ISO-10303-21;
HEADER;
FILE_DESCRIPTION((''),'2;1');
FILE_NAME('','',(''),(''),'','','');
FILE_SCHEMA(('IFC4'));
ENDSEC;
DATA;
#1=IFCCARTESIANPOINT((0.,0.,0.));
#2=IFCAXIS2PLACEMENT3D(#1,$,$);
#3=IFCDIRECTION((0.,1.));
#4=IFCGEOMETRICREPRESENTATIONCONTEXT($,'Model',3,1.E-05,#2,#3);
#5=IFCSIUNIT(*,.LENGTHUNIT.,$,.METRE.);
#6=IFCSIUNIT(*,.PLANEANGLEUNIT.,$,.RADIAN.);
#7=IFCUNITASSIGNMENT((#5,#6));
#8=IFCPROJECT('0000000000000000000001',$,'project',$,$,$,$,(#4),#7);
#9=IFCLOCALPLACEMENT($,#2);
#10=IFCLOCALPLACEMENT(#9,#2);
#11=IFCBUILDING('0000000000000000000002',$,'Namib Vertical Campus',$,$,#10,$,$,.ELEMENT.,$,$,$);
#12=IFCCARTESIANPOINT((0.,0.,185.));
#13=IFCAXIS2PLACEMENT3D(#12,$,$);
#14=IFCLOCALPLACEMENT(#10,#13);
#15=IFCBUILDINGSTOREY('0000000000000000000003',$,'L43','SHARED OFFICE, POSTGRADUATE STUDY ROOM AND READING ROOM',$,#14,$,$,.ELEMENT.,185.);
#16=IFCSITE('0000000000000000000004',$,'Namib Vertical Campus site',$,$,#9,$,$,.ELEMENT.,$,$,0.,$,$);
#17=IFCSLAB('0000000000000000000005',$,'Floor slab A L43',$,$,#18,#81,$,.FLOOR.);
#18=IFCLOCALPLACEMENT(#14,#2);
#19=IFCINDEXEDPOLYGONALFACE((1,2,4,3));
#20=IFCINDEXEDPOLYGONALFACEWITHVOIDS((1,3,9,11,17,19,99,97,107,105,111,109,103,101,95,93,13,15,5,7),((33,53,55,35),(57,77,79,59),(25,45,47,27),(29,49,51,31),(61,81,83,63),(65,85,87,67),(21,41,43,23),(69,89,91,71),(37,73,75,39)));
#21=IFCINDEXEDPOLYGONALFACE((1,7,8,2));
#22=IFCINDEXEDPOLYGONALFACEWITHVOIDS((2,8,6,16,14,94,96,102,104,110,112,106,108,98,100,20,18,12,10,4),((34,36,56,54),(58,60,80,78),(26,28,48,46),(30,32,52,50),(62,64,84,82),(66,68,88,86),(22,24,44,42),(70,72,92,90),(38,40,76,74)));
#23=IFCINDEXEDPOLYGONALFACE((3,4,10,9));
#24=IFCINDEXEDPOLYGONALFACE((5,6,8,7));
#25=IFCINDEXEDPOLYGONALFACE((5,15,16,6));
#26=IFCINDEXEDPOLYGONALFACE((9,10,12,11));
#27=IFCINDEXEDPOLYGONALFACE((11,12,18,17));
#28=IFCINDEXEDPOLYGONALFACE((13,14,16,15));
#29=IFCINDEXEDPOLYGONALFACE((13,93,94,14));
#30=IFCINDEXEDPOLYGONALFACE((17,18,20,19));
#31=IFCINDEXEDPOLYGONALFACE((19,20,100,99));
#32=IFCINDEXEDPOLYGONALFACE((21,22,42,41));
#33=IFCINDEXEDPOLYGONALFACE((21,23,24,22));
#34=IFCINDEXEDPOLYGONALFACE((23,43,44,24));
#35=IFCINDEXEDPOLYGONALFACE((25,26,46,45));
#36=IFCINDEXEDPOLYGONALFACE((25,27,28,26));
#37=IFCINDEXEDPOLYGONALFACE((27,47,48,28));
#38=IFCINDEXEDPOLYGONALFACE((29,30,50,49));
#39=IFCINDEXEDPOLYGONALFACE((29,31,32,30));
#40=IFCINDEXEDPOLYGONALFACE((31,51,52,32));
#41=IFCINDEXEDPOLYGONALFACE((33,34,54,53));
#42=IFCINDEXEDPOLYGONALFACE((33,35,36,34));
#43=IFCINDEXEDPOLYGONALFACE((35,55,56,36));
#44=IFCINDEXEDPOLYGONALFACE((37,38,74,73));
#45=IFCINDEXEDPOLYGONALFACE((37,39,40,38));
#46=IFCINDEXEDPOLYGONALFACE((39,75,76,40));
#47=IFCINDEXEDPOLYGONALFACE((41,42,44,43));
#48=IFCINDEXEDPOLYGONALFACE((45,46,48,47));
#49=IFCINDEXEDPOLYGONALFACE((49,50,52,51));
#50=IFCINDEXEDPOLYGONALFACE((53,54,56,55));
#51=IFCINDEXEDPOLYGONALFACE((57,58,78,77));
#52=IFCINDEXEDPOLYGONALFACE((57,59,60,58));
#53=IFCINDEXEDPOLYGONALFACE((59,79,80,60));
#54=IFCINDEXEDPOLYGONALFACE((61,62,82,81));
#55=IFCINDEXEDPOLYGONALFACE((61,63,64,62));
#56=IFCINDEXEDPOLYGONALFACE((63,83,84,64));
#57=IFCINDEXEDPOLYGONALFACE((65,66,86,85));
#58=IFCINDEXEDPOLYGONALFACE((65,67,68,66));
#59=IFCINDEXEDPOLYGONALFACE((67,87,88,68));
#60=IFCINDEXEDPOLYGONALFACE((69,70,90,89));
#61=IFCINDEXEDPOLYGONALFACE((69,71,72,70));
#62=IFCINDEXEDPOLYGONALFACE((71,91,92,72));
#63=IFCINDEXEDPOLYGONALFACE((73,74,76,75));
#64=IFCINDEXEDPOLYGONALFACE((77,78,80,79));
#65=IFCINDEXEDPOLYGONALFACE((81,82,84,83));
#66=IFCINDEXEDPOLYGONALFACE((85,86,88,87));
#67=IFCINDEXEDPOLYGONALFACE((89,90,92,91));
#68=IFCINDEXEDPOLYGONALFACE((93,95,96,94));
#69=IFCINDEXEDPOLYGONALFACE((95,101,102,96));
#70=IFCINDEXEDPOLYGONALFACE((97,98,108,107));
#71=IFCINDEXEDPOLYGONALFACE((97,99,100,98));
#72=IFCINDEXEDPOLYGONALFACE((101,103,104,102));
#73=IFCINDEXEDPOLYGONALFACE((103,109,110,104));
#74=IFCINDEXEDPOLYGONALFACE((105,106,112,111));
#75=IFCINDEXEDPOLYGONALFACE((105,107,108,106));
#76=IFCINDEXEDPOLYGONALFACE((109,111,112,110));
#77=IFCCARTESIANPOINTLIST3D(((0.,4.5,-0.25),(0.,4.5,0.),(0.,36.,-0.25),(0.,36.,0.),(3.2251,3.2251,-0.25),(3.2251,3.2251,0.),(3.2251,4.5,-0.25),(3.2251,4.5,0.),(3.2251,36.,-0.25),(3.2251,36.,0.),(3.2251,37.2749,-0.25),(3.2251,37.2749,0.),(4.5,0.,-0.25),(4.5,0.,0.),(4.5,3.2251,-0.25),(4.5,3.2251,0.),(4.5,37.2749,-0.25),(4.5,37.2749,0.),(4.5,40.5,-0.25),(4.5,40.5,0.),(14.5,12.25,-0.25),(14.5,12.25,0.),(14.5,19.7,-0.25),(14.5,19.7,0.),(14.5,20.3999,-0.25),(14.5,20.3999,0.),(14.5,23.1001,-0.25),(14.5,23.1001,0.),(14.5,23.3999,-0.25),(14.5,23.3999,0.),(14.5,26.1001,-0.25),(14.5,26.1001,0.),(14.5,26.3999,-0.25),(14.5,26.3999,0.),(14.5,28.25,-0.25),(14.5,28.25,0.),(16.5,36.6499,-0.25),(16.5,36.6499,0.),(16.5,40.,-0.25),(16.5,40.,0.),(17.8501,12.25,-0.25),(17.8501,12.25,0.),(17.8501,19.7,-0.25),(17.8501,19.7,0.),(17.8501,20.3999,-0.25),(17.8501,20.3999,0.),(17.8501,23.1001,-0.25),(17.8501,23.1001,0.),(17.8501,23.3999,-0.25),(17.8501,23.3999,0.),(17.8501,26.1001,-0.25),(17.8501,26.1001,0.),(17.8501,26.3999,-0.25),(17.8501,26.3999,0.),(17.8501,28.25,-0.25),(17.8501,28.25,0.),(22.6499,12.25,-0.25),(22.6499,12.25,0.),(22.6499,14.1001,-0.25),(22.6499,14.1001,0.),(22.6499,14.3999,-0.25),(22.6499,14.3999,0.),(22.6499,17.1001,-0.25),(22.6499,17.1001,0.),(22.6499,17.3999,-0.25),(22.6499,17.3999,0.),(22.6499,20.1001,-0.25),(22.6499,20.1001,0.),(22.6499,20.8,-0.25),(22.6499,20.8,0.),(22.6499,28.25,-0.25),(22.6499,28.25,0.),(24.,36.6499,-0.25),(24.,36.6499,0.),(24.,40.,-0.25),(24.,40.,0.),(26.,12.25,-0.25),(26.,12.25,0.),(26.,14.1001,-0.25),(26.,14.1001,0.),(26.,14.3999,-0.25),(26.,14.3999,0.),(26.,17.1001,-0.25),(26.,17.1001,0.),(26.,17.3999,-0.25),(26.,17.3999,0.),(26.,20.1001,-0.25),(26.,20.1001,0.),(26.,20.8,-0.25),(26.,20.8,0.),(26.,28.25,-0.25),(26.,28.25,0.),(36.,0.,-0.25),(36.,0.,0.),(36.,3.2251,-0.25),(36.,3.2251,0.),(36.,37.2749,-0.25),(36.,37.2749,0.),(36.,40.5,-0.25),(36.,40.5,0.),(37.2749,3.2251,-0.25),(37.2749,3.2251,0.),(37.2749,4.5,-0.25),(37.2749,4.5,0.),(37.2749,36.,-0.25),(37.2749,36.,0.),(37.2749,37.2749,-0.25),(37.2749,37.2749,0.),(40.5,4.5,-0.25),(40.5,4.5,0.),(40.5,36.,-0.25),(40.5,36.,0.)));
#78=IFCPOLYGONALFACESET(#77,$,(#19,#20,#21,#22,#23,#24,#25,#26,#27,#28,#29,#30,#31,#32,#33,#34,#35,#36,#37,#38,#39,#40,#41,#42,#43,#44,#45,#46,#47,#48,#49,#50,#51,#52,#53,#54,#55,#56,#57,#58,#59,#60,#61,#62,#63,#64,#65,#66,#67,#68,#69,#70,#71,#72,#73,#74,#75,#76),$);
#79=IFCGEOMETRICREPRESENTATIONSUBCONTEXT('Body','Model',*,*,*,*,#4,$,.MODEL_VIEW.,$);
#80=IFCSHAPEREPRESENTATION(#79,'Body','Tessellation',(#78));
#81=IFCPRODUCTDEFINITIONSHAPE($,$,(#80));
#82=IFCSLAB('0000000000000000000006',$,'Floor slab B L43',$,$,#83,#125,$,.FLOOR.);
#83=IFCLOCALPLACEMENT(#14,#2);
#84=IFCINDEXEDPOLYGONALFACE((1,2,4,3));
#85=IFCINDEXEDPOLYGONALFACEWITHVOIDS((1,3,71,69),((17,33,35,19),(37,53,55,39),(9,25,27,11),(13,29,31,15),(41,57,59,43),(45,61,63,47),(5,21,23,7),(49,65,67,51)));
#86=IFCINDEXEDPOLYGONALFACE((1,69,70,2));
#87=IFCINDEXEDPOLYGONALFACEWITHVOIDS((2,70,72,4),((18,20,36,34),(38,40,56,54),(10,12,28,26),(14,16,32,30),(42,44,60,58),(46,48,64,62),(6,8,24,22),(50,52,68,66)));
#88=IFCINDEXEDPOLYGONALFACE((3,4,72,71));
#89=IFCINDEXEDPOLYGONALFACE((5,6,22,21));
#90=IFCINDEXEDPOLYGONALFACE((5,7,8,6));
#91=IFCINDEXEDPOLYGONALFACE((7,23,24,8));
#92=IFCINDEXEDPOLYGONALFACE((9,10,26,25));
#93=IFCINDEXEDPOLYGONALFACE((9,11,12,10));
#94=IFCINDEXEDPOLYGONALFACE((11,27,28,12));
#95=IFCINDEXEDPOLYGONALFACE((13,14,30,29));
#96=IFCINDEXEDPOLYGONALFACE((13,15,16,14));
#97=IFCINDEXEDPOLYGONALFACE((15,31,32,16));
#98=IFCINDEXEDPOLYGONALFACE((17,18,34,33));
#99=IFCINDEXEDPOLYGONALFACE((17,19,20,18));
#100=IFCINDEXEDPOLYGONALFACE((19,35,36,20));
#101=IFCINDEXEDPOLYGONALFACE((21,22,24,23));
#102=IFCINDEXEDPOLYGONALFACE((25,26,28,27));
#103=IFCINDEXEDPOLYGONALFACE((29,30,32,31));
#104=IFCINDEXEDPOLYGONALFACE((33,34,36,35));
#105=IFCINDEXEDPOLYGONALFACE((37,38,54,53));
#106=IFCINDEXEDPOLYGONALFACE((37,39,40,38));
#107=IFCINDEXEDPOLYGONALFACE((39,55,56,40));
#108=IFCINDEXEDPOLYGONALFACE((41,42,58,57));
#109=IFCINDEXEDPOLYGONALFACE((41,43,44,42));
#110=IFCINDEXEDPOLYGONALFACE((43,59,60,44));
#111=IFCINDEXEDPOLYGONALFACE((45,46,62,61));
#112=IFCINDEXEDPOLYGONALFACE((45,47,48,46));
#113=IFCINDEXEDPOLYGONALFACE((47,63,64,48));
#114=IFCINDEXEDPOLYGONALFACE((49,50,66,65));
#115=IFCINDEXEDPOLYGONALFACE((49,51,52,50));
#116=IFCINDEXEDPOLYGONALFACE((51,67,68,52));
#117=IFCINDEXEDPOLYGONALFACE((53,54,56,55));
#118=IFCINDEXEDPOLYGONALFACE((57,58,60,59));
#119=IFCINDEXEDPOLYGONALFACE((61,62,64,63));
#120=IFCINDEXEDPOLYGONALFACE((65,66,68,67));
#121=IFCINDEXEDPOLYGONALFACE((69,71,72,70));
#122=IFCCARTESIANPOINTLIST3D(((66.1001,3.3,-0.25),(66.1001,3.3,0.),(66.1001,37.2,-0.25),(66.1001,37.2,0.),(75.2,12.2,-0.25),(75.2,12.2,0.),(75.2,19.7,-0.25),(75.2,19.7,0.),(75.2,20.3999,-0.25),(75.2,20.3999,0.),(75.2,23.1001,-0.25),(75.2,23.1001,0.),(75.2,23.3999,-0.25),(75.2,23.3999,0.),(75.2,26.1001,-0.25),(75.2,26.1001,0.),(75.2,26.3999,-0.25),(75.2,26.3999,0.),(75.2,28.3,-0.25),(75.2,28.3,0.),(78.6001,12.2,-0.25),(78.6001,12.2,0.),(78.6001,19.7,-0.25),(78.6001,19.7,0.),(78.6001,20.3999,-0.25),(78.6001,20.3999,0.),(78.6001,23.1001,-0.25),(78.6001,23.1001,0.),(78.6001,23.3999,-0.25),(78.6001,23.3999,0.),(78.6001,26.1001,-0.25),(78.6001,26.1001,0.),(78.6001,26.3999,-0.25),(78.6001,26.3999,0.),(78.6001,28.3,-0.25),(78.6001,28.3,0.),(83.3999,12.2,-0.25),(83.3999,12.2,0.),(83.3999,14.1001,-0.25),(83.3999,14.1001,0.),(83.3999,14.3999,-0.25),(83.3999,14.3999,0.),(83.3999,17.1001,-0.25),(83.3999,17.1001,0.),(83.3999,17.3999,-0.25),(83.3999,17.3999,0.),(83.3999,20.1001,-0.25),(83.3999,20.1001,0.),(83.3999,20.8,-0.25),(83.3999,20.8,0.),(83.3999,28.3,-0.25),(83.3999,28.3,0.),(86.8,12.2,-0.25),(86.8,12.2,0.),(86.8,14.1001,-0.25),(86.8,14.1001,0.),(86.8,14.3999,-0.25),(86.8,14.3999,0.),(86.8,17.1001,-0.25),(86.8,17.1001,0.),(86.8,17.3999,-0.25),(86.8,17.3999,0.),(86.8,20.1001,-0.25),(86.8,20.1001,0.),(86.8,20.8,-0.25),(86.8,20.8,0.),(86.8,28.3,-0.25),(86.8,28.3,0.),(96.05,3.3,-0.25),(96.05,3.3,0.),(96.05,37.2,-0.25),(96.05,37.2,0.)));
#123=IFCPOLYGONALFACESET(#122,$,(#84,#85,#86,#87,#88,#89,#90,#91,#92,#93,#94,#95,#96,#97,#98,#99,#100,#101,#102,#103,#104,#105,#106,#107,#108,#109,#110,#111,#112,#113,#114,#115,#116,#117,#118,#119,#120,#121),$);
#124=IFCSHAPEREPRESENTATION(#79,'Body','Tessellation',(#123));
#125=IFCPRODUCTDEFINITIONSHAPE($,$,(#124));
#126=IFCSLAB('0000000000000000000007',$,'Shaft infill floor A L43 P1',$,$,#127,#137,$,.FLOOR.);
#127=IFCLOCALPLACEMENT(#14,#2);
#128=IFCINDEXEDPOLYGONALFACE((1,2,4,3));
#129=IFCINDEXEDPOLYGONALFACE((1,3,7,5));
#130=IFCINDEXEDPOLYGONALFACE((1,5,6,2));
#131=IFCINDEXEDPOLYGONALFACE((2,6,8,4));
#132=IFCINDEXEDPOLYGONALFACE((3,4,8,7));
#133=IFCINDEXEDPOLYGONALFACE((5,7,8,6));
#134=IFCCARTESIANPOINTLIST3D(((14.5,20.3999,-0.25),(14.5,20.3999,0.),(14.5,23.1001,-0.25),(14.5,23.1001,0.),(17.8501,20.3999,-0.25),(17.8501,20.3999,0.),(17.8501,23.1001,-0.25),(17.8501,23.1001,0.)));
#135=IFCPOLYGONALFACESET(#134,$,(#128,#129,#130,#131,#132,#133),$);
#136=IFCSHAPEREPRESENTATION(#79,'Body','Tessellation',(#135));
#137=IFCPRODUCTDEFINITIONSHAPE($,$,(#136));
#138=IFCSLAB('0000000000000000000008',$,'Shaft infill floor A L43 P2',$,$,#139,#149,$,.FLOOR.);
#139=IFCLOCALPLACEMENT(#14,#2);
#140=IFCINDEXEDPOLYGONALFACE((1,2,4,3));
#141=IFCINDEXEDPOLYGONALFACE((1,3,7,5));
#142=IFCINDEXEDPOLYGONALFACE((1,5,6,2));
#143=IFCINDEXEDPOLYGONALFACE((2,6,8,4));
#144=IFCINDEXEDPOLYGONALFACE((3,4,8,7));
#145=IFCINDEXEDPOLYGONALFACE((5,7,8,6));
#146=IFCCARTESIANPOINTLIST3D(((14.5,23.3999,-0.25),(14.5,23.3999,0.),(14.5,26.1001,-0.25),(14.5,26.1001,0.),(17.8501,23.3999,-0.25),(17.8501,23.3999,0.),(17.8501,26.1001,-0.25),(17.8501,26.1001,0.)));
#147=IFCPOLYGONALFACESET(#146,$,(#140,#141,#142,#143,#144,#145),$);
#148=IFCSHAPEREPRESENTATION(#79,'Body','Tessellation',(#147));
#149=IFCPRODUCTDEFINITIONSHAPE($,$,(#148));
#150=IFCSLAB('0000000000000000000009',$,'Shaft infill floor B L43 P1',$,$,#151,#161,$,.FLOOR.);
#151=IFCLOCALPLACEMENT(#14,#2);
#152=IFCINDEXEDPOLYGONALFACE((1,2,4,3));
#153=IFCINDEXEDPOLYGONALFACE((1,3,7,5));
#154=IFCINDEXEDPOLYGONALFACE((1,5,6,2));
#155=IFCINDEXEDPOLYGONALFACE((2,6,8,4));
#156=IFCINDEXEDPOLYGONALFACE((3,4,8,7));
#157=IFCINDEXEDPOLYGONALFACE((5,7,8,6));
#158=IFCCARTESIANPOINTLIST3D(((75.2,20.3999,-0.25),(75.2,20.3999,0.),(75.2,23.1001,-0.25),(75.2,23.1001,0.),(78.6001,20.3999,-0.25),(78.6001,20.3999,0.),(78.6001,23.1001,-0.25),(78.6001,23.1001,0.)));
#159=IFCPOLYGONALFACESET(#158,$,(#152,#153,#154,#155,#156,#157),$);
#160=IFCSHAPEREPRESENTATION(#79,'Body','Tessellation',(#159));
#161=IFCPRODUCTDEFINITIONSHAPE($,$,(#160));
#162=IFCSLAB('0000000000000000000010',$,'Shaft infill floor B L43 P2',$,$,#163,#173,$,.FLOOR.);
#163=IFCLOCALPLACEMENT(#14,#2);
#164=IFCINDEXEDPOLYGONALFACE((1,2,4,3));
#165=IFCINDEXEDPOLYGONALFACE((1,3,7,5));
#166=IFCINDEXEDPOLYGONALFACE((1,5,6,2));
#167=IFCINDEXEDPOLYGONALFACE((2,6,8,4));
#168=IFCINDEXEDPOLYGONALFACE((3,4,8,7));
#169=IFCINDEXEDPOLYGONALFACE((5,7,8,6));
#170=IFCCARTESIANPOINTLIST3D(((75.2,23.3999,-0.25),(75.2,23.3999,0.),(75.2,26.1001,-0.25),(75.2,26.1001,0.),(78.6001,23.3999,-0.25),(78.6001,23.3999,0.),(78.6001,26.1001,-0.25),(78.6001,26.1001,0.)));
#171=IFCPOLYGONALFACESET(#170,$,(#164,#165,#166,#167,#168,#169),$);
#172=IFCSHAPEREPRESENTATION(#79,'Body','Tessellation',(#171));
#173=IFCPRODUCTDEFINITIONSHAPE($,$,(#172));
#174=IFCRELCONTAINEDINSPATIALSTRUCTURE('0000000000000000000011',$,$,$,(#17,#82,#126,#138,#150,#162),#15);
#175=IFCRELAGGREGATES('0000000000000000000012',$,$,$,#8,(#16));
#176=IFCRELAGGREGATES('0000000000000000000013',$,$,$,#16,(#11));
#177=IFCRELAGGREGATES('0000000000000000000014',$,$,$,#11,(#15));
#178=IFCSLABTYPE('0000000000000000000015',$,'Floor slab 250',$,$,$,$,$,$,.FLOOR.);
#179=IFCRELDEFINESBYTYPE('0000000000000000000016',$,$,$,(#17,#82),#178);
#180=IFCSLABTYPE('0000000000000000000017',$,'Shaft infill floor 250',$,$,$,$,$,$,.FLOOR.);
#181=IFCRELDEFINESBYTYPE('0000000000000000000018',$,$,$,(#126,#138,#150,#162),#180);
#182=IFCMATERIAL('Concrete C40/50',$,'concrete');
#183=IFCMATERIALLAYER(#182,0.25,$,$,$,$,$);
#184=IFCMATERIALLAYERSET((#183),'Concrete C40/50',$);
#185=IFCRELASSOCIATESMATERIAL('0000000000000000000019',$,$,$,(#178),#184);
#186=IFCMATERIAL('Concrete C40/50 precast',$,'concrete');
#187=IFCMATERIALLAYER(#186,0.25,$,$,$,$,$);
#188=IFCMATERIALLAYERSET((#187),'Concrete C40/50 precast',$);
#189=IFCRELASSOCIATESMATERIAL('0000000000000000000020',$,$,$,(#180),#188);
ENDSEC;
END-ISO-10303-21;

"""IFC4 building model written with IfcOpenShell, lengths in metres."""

from ifc_helpers import new_model, si_unit, direction, frame, origin, place, context, subcontext, project, spatial, polyline, outline, extrude, material, layer, layer_set, type_object, element, save


model = new_model("IFC4")

# Units and contexts
model_context = context("Model", 3, precision=1e-05, world=origin(), true_north=direction((0.0, 1.0)))
body_context = subcontext(model_context, "Body", "Model", "MODEL_VIEW")
ifc_project = project(units=[si_unit("LENGTHUNIT", "METRE"), si_unit("PLANEANGLEUNIT", "RADIAN")], contexts=[model_context])

# Site, building, storey
site_placement = place(None, origin())
site = spatial("IfcSite", under=ifc_project, at=site_placement, Name="Namib Vertical Campus site", CompositionType="ELEMENT", RefElevation=0.0)
building_placement = place(site_placement, origin())
building = spatial("IfcBuilding", under=site, at=building_placement, Name="Namib Vertical Campus", CompositionType="ELEMENT")
storey_placement = place(building_placement, frame((0.0, 0.0, 185.0)))
storey = spatial("IfcBuildingStorey", under=building, at=storey_placement, Name="L43", Description="SHARED OFFICE, POSTGRADUATE STUDY ROOM AND READING ROOM", CompositionType="ELEMENT", Elevation=185.0)

# Slabs
ifc_material_1 = material(Name="Concrete C40/50", Category="concrete")
ifc_layer_1 = layer(ifc_material_1, 0.25)
ifc_layer_set_1 = layer_set([ifc_layer_1], Name="Concrete C40/50")
slab_type_1 = type_object("IfcSlabType", Name="Floor slab 250", PredefinedType="FLOOR", material=ifc_layer_set_1)
slab_1_placement = place(storey_placement, frame((0.0, 0.0, -0.25)))
element("IfcSlab", 1, at=slab_1_placement, inside=storey, type_object=slab_type_1, Name="Floor slab A L43", PredefinedType="FLOOR", context=body_context, shape_type="SweptSolid", body=[
    extrude(outline(polyline([(4.5, 0.0), (36.0, 0.0), (36.0, 3.2251), (37.2749, 3.2251), (37.2749, 4.5), (40.5, 4.5), (40.5, 36.0), (37.2749, 36.0), (37.2749, 37.2749), (36.0, 37.2749), (36.0, 40.5), (4.5, 40.5), (4.5, 37.2749), (3.2251, 37.2749), (3.2251, 36.0), (0.0, 36.0), (0.0, 4.5), (3.2251, 4.5), (3.2251, 3.2251), (4.5, 3.2251), (4.5, 0.0)]), holes=[polyline([(14.5, 12.25), (17.8501, 12.25), (17.8501, 19.7), (14.5, 19.7), (14.5, 12.25)]), polyline([(22.6499, 20.8), (26.0, 20.8), (26.0, 28.25), (22.6499, 28.25), (22.6499, 20.8)]), polyline([(22.6499, 12.25), (26.0, 12.25), (26.0, 14.1001), (22.6499, 14.1001), (22.6499, 12.25)]), polyline([(14.5, 20.3999), (17.8501, 20.3999), (17.8501, 23.1001), (14.5, 23.1001), (14.5, 20.3999)]), polyline([(14.5, 23.3999), (17.8501, 23.3999), (17.8501, 26.1001), (14.5, 26.1001), (14.5, 23.3999)]), polyline([(14.5, 26.3999), (17.8501, 26.3999), (17.8501, 28.25), (14.5, 28.25), (14.5, 26.3999)]), polyline([(22.6499, 14.3999), (26.0, 14.3999), (26.0, 17.1001), (22.6499, 17.1001), (22.6499, 14.3999)]), polyline([(22.6499, 17.3999), (26.0, 17.3999), (26.0, 20.1001), (22.6499, 20.1001), (22.6499, 17.3999)]), polyline([(16.5, 36.6499), (24.0, 36.6499), (24.0, 40.0), (16.5, 40.0), (16.5, 36.6499)])]), origin(), (0.0, 0.0, 1.0), 0.25),
])
slab_2_placement = place(storey_placement, frame((0.0, 0.0, -0.25)))
element("IfcSlab", 2, at=slab_2_placement, inside=storey, type_object=slab_type_1, Name="Floor slab B L43", PredefinedType="FLOOR", context=body_context, shape_type="SweptSolid", body=[
    extrude(outline(polyline([(66.1001, 3.3), (96.05, 3.3), (96.05, 37.2), (66.1001, 37.2), (66.1001, 3.3)]), holes=[polyline([(75.2, 12.2), (78.6001, 12.2), (78.6001, 19.7), (75.2, 19.7), (75.2, 12.2)]), polyline([(83.3999, 20.8), (86.8, 20.8), (86.8, 28.3), (83.3999, 28.3), (83.3999, 20.8)]), polyline([(83.3999, 12.2), (86.8, 12.2), (86.8, 14.1001), (83.3999, 14.1001), (83.3999, 12.2)]), polyline([(75.2, 20.3999), (78.6001, 20.3999), (78.6001, 23.1001), (75.2, 23.1001), (75.2, 20.3999)]), polyline([(75.2, 23.3999), (78.6001, 23.3999), (78.6001, 26.1001), (75.2, 26.1001), (75.2, 23.3999)]), polyline([(75.2, 26.3999), (78.6001, 26.3999), (78.6001, 28.3), (75.2, 28.3), (75.2, 26.3999)]), polyline([(83.3999, 14.3999), (86.8, 14.3999), (86.8, 17.1001), (83.3999, 17.1001), (83.3999, 14.3999)]), polyline([(83.3999, 17.3999), (86.8, 17.3999), (86.8, 20.1001), (83.3999, 20.1001), (83.3999, 17.3999)])]), origin(), (0.0, 0.0, 1.0), 0.25),
])
ifc_material_2 = material(Name="Concrete C40/50 precast", Category="concrete")
ifc_layer_2 = layer(ifc_material_2, 0.25)
ifc_layer_set_2 = layer_set([ifc_layer_2], Name="Concrete C40/50 precast")
slab_type_2 = type_object("IfcSlabType", Name="Shaft infill floor 250", PredefinedType="FLOOR", material=ifc_layer_set_2)
slab_3_placement = place(storey_placement, frame((0.0, 0.0, -0.25)))
element("IfcSlab", 3, at=slab_3_placement, inside=storey, type_object=slab_type_2, Name="Shaft infill floor A L43 P1", PredefinedType="FLOOR", context=body_context, shape_type="SweptSolid", body=[
    extrude(outline(polyline([(14.5, 20.3999), (17.8501, 20.3999), (17.8501, 23.1001), (14.5, 23.1001), (14.5, 20.3999)])), origin(), (0.0, 0.0, 1.0), 0.25),
])
slab_4_placement = place(storey_placement, frame((0.0, 0.0, -0.25)))
element("IfcSlab", 4, at=slab_4_placement, inside=storey, type_object=slab_type_2, Name="Shaft infill floor A L43 P2", PredefinedType="FLOOR", context=body_context, shape_type="SweptSolid", body=[
    extrude(outline(polyline([(14.5, 23.3999), (17.8501, 23.3999), (17.8501, 26.1001), (14.5, 26.1001), (14.5, 23.3999)])), origin(), (0.0, 0.0, 1.0), 0.25),
])
slab_5_placement = place(storey_placement, frame((0.0, 0.0, -0.25)))
element("IfcSlab", 5, at=slab_5_placement, inside=storey, type_object=slab_type_2, Name="Shaft infill floor B L43 P1", PredefinedType="FLOOR", context=body_context, shape_type="SweptSolid", body=[
    extrude(outline(polyline([(75.2, 20.3999), (78.6001, 20.3999), (78.6001, 23.1001), (75.2, 23.1001), (75.2, 20.3999)])), origin(), (0.0, 0.0, 1.0), 0.25),
])
slab_6_placement = place(storey_placement, frame((0.0, 0.0, -0.25)))
element("IfcSlab", 6, at=slab_6_placement, inside=storey, type_object=slab_type_2, Name="Shaft infill floor B L43 P2", PredefinedType="FLOOR", context=body_context, shape_type="SweptSolid", body=[
    extrude(outline(polyline([(75.2, 23.3999), (78.6001, 23.3999), (78.6001, 26.1001), (75.2, 26.1001), (75.2, 23.3999)])), origin(), (0.0, 0.0, 1.0), 0.25),
])

save(model, "model.ifc")
